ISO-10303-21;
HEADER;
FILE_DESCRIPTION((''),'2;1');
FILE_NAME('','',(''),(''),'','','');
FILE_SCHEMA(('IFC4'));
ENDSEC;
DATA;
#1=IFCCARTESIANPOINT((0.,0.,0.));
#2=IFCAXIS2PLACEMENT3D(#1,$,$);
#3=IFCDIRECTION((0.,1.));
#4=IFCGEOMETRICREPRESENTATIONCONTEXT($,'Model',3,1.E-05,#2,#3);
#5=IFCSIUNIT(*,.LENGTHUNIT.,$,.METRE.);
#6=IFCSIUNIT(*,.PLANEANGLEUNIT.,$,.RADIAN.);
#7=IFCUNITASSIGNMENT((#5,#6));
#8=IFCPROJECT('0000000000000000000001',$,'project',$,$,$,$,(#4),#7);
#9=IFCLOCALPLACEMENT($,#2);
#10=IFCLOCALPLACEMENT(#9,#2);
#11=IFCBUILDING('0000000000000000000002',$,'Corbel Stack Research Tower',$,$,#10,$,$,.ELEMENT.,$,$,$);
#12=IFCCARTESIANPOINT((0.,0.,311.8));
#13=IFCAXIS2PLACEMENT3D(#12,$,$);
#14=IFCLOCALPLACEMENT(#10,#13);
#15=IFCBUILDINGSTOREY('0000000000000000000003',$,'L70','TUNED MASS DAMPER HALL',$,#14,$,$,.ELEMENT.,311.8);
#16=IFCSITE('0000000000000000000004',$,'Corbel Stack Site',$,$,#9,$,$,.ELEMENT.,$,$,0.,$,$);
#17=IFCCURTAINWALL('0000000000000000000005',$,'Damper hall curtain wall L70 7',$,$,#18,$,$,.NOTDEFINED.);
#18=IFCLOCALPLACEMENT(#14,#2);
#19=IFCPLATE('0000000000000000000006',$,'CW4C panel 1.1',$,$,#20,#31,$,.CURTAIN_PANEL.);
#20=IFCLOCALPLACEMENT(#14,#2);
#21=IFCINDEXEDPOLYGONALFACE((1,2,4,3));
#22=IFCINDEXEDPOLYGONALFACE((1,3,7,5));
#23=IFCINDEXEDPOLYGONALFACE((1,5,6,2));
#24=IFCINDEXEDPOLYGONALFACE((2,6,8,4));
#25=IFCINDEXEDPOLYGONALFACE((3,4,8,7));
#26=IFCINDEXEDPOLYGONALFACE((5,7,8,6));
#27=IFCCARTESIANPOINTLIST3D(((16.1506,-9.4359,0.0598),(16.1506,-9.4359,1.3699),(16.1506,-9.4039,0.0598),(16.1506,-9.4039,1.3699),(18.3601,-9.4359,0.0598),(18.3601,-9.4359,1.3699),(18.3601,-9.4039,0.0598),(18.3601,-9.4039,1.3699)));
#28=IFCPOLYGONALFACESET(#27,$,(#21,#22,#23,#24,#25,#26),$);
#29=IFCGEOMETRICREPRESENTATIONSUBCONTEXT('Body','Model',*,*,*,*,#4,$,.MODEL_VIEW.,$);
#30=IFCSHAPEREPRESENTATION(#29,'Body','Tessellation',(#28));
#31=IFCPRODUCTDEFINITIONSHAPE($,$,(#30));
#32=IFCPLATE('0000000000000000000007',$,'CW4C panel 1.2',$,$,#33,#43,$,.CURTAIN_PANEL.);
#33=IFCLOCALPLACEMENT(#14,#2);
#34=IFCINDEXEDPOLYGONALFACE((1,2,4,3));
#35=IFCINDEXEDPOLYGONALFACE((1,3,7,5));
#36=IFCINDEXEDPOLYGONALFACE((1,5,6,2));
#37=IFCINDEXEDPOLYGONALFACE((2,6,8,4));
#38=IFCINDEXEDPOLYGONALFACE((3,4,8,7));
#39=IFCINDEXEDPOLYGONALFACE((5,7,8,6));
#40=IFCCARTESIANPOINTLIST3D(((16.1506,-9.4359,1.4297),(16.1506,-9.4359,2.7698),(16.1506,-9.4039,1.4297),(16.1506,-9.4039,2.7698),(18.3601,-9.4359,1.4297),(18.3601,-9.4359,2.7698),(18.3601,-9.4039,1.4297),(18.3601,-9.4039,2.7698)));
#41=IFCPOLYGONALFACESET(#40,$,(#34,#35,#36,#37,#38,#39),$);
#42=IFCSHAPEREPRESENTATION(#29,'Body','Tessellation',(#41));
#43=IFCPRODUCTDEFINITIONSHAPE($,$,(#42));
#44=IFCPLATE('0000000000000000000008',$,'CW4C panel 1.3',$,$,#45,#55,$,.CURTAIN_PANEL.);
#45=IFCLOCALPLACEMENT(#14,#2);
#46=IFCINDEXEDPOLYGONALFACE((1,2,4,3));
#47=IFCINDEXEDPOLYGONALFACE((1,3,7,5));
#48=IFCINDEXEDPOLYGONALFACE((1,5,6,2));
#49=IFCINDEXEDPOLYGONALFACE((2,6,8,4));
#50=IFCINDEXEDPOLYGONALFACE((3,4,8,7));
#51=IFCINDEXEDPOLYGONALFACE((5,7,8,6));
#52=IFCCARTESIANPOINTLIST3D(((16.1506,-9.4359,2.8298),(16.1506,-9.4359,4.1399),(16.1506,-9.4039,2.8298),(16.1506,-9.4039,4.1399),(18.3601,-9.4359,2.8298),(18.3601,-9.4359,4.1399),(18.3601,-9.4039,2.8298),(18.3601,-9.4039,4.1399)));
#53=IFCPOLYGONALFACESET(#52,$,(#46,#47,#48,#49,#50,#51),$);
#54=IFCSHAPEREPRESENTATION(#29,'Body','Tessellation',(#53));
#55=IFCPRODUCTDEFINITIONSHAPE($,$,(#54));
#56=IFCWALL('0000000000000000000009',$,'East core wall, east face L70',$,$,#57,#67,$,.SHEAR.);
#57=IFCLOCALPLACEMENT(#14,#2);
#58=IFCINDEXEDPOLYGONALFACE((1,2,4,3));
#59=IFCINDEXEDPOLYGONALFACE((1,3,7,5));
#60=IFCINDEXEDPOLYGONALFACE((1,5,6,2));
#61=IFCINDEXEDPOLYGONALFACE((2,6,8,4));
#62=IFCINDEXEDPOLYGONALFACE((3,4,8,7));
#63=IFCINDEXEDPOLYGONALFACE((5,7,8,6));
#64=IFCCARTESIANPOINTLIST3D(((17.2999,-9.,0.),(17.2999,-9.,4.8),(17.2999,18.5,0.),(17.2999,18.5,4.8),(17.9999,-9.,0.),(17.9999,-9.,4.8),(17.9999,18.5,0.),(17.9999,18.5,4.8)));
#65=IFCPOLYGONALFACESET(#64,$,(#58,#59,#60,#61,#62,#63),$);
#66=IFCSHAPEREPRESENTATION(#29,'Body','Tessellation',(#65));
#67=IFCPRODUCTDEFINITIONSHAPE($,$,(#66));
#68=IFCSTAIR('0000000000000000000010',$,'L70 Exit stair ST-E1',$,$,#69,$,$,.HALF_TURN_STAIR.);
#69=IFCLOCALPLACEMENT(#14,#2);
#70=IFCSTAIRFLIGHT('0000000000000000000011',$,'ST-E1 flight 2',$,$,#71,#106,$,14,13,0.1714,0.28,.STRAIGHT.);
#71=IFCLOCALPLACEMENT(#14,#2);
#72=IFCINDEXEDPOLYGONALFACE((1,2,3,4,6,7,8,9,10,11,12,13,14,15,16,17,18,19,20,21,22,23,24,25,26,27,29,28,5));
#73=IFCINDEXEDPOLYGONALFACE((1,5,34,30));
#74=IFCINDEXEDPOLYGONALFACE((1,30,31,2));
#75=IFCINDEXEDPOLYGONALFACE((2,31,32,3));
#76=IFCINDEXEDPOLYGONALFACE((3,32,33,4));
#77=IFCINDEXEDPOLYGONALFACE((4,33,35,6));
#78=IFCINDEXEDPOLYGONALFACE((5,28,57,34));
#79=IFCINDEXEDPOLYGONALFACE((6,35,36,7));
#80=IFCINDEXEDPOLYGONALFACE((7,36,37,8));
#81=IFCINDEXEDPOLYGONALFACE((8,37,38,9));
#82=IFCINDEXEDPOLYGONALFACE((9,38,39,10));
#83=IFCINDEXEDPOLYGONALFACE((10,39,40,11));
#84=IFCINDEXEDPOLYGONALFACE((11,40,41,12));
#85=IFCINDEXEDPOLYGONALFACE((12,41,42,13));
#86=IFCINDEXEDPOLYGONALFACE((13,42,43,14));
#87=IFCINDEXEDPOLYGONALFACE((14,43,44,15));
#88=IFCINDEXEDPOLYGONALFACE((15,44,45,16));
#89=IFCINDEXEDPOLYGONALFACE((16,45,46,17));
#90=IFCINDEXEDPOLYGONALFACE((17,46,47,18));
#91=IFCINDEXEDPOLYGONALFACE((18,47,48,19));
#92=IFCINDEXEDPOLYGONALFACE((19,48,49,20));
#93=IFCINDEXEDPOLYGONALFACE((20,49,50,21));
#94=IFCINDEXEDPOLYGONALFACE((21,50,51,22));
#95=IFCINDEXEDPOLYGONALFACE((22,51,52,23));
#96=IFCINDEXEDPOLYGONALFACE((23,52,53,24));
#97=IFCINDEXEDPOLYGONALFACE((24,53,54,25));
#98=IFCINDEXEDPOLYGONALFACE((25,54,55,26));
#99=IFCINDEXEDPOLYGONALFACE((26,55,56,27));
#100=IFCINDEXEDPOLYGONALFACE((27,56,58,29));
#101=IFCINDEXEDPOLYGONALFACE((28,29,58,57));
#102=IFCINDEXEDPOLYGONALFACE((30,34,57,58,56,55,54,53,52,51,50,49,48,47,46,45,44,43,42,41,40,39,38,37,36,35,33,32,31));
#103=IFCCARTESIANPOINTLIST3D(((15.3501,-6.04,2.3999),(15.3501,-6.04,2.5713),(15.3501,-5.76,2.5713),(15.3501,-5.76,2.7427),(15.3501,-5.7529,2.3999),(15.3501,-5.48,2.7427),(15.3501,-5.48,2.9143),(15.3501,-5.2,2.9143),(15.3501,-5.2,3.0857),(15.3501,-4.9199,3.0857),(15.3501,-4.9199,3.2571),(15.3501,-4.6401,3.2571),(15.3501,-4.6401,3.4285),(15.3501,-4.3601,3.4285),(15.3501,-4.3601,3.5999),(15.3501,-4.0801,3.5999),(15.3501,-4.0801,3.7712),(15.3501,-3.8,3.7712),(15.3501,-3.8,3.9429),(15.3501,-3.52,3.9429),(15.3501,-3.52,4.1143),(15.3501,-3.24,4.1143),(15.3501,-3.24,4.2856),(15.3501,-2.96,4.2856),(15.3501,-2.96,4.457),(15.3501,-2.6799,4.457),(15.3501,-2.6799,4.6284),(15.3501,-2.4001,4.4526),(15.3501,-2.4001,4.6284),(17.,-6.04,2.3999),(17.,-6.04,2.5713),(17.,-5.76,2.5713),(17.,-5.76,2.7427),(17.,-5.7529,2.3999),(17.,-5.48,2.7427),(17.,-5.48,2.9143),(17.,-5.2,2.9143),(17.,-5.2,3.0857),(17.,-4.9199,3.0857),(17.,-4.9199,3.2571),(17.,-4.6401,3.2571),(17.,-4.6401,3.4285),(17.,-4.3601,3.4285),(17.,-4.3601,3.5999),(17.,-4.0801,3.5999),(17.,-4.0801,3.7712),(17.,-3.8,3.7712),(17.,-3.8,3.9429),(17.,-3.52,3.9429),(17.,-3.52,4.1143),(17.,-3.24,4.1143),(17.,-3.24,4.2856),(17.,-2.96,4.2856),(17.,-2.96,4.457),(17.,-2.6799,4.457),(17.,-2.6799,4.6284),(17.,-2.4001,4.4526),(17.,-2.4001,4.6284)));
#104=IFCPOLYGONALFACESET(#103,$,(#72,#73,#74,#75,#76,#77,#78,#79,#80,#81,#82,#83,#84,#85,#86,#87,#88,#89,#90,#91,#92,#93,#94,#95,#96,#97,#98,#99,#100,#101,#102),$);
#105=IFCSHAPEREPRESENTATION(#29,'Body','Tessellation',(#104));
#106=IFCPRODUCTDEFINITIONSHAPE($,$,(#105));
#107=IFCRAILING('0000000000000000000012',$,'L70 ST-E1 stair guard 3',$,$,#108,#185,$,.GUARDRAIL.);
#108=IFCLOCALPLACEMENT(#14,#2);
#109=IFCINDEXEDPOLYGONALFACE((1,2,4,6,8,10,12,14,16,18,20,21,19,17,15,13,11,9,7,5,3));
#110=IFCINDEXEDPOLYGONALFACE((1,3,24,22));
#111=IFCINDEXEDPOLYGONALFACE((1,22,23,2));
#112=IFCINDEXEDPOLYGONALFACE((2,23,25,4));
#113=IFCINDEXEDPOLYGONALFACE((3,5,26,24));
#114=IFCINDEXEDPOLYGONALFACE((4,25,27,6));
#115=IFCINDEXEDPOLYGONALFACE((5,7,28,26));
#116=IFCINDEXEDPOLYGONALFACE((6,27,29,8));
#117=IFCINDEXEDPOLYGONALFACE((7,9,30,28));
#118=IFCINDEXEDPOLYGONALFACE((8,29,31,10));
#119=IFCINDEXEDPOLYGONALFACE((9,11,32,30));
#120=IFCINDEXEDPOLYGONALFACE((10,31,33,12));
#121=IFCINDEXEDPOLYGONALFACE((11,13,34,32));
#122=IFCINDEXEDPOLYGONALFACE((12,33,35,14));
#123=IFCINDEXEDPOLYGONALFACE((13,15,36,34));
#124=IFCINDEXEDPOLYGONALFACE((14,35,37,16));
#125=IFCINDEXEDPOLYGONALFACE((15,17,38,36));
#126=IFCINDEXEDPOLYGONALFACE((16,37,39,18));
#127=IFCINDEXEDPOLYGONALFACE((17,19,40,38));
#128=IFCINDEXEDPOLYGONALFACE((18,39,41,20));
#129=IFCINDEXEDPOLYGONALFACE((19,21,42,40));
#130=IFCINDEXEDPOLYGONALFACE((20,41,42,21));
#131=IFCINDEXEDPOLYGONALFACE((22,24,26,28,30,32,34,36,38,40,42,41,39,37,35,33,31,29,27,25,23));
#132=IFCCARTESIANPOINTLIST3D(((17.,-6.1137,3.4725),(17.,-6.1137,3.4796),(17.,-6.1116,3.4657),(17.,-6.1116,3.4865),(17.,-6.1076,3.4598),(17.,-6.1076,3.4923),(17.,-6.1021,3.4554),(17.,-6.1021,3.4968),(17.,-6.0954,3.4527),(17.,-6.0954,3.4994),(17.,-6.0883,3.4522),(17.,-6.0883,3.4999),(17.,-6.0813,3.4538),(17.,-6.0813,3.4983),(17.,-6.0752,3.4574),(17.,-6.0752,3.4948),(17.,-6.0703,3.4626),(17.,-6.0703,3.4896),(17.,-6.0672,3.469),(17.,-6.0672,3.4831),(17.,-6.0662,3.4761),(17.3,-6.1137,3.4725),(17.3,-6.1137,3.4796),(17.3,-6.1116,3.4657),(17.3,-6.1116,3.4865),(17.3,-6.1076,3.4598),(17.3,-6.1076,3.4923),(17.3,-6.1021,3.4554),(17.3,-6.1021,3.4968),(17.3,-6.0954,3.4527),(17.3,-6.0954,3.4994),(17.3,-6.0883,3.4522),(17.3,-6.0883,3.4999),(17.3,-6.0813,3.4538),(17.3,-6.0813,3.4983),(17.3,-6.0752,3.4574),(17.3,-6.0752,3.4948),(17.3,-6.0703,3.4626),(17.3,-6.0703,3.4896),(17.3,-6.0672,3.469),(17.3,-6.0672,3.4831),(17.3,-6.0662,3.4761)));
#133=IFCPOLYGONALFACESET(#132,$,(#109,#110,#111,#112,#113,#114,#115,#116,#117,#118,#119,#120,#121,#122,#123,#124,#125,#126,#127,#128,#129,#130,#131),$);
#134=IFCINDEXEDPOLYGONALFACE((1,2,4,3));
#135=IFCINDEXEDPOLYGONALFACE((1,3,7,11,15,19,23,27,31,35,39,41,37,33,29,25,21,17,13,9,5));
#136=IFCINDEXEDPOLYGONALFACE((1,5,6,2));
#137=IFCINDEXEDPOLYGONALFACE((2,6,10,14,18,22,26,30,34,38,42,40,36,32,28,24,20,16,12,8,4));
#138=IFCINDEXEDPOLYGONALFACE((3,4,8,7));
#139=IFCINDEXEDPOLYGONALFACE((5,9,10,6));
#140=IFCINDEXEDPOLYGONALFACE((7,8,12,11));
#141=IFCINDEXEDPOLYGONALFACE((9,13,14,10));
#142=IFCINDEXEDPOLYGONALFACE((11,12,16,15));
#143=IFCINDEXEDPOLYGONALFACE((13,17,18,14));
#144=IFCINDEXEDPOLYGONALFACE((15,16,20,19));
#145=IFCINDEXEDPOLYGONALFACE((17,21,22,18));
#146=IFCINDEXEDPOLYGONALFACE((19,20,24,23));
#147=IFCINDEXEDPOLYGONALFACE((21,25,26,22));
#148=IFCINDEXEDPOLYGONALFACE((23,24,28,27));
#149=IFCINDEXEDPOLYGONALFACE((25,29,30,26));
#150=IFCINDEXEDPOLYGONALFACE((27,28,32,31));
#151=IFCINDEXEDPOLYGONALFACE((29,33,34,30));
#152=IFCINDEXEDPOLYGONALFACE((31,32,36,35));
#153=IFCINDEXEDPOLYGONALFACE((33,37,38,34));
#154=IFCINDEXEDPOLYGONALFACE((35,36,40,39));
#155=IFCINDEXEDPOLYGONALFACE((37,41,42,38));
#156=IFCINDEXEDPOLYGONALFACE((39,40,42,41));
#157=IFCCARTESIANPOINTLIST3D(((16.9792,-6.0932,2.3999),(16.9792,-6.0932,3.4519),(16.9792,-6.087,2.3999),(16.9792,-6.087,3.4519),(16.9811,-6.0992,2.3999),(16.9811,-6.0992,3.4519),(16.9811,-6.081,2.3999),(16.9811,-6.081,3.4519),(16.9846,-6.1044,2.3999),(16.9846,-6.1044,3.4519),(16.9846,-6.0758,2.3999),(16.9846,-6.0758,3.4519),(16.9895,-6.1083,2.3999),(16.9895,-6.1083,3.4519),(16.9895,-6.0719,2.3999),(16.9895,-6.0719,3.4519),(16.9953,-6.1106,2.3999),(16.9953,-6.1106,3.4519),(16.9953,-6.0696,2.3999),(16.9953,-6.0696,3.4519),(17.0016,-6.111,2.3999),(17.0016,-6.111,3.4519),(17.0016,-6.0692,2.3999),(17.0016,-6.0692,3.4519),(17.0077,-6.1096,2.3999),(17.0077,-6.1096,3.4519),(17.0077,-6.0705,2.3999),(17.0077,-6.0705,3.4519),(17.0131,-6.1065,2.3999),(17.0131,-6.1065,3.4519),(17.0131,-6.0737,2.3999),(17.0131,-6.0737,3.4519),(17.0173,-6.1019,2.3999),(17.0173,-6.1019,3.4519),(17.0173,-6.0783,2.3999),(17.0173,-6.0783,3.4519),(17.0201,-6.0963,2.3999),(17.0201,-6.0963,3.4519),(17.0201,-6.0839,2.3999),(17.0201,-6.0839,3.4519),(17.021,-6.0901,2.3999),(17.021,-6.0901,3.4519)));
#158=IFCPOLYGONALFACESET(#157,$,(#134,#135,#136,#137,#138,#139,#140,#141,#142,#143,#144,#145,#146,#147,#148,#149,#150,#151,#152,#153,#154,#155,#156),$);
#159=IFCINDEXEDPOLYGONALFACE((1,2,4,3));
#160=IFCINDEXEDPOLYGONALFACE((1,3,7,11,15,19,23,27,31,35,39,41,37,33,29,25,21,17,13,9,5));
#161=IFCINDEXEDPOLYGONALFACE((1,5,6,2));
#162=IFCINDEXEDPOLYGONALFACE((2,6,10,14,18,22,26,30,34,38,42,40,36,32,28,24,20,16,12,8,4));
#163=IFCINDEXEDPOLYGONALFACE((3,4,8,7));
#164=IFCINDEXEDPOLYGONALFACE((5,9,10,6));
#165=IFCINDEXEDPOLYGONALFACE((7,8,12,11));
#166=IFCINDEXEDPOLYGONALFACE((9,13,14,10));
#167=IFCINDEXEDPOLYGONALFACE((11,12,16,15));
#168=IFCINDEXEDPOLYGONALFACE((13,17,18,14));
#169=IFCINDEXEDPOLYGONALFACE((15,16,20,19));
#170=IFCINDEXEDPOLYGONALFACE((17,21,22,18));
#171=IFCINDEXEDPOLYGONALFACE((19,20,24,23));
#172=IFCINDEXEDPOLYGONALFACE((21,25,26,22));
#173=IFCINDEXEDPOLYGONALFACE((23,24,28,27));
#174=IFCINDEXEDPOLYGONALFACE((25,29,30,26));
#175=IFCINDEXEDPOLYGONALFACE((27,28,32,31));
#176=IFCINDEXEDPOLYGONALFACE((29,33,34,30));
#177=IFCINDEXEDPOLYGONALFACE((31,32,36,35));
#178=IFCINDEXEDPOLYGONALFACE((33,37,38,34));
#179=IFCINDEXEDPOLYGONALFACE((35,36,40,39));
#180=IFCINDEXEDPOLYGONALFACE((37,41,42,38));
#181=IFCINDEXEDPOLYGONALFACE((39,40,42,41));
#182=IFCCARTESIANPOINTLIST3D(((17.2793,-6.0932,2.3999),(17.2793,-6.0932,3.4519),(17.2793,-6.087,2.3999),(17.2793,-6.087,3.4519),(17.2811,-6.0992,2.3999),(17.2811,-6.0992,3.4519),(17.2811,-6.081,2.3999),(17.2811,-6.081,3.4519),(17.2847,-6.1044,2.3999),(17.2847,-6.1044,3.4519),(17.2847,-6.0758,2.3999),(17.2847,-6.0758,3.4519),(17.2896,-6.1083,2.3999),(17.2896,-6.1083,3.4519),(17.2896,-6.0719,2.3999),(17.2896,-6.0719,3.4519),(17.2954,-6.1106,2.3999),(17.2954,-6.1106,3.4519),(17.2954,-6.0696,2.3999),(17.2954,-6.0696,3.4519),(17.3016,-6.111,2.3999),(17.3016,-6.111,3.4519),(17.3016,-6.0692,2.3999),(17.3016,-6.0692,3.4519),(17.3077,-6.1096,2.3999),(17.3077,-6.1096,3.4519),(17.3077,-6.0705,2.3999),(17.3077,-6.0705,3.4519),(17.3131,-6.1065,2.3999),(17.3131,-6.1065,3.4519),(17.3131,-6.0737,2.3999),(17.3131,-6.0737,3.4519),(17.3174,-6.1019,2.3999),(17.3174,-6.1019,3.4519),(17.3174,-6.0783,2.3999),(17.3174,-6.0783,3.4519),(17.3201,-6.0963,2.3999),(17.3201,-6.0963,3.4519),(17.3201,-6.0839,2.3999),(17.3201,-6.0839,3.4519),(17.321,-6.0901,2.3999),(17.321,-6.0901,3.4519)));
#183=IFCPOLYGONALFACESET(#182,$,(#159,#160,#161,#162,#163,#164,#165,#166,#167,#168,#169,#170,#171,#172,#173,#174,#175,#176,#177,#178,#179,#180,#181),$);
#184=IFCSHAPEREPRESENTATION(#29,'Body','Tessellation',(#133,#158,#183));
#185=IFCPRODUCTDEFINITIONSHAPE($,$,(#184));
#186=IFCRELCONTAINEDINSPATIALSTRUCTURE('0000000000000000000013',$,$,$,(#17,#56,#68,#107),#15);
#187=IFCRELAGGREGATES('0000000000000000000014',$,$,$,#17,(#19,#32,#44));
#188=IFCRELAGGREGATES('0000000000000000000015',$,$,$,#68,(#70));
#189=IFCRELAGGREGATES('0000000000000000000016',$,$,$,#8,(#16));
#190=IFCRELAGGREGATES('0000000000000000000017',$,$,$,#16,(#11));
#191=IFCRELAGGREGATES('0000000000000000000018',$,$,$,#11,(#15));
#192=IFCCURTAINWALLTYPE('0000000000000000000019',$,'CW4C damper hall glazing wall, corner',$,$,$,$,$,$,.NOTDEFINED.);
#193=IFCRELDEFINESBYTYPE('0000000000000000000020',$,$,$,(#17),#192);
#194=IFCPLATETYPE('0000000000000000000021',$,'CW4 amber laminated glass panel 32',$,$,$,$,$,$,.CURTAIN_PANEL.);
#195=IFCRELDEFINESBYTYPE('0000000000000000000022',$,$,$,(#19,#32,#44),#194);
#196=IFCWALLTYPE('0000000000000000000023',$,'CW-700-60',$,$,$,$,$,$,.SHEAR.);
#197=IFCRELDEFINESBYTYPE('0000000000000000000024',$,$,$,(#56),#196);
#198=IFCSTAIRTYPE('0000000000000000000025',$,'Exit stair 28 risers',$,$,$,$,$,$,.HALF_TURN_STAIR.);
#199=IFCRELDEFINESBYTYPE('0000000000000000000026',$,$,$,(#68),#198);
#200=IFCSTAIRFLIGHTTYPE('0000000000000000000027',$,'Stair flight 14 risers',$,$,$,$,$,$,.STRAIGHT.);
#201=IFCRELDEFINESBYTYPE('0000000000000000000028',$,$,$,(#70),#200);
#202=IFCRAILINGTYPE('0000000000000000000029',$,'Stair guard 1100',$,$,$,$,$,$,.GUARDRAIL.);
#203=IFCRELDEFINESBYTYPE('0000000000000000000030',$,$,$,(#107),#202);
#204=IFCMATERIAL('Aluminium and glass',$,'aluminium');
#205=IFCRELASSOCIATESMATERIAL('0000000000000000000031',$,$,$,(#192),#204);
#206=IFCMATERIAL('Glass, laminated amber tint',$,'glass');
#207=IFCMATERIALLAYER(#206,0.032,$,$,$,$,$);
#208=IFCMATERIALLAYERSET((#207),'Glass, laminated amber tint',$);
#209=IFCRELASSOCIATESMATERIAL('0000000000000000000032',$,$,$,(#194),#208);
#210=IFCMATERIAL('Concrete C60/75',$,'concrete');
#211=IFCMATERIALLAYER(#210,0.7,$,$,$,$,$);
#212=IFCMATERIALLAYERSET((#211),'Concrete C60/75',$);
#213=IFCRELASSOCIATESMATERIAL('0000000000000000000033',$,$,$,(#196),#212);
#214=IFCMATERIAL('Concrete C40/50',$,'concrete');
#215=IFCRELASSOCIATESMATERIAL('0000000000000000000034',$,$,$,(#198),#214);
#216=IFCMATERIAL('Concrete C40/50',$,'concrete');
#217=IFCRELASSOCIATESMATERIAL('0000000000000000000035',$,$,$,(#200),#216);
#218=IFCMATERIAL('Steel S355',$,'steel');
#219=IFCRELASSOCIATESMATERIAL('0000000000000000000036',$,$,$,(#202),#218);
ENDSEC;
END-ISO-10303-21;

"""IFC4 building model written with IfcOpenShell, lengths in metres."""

from ifc_helpers import new_model, si_unit, direction, frame, frame_2d, origin, origin_2d, place, context, subcontext, project, spatial, polyline, rectangle, circle, outline, extrude, material, layer, layer_set, type_object, element, aggregate, save


model = new_model("IFC4")

# Units and contexts
model_context = context("Model", 3, precision=1e-05, world=origin(), true_north=direction((0.0, 1.0)))
body_context = subcontext(model_context, "Body", "Model", "MODEL_VIEW")
ifc_project = project(units=[si_unit("LENGTHUNIT", "METRE"), si_unit("PLANEANGLEUNIT", "RADIAN")], contexts=[model_context])

# Site, building, storey
site_placement = place(None, origin())
site = spatial("IfcSite", under=ifc_project, at=site_placement, Name="Corbel Stack Site", CompositionType="ELEMENT", RefElevation=0.0)
building_placement = place(site_placement, origin())
building = spatial("IfcBuilding", under=site, at=building_placement, Name="Corbel Stack Research Tower", CompositionType="ELEMENT")
storey_placement = place(building_placement, frame((0.0, 0.0, 311.8)))
storey = spatial("IfcBuildingStorey", under=building, at=storey_placement, Name="L70", Description="TUNED MASS DAMPER HALL", CompositionType="ELEMENT", Elevation=311.8)

# Curtain wall
ifc_material_1 = material(Name="Aluminium and glass", Category="aluminium")
curtain_wall_type = type_object("IfcCurtainWallType", Name="CW4C damper hall glazing wall, corner", PredefinedType="NOTDEFINED", material=ifc_material_1)
curtain_wall_1_placement = place(storey_placement, origin())
curtain_wall_1 = element("IfcCurtainWall", 1, at=curtain_wall_1_placement, inside=storey, type_object=curtain_wall_type, Name="Damper hall curtain wall L70 7", PredefinedType="NOTDEFINED")

# Plates
ifc_material_2 = material(Name="Glass, laminated amber tint", Category="glass")
ifc_layer_1 = layer(ifc_material_2, 0.032)
ifc_layer_set_1 = layer_set([ifc_layer_1], Name="Glass, laminated amber tint")
plate_type = type_object("IfcPlateType", Name="CW4 amber laminated glass panel 32", PredefinedType="CURTAIN_PANEL", material=ifc_layer_set_1)
plate_1_placement = place(storey_placement, frame((17.2554, -9.4199, 0.0598), z_axis=(0.0, 0.0, 1.0), x_axis=(-1.0, 0.0, 0.0)))
plate_1 = element("IfcPlate", 2, at=plate_1_placement, type_object=plate_type, Name="CW4C panel 1.1", PredefinedType="CURTAIN_PANEL", context=body_context, shape_type="SweptSolid", body=[
    extrude(rectangle(XDim=2.2095, YDim=0.032, at=origin_2d()), origin(), (0.0, 0.0, 1.0), 1.3101),
])
plate_2_placement = place(storey_placement, frame((17.2554, -9.4199, 1.4297), z_axis=(0.0, 0.0, 1.0), x_axis=(-1.0, 0.0, 0.0)))
plate_2 = element("IfcPlate", 3, at=plate_2_placement, type_object=plate_type, Name="CW4C panel 1.2", PredefinedType="CURTAIN_PANEL", context=body_context, shape_type="SweptSolid", body=[
    extrude(rectangle(XDim=2.2095, YDim=0.032, at=origin_2d()), origin(), (0.0, 0.0, 1.0), 1.3401),
])
plate_3_placement = place(storey_placement, frame((17.2554, -9.4199, 2.8298), z_axis=(0.0, 0.0, 1.0), x_axis=(-1.0, 0.0, 0.0)))
plate_3 = element("IfcPlate", 4, at=plate_3_placement, type_object=plate_type, Name="CW4C panel 1.3", PredefinedType="CURTAIN_PANEL", context=body_context, shape_type="SweptSolid", body=[
    extrude(rectangle(XDim=2.2095, YDim=0.032, at=origin_2d()), origin(), (0.0, 0.0, 1.0), 1.3101),
])
aggregate(curtain_wall_1, [plate_1, plate_2, plate_3])

# Wall
ifc_material_3 = material(Name="Concrete C60/75", Category="concrete")
ifc_layer_2 = layer(ifc_material_3, 0.7)
ifc_layer_set_2 = layer_set([ifc_layer_2], Name="Concrete C60/75")
wall_type = type_object("IfcWallType", Name="CW-700-60", PredefinedType="SHEAR", material=ifc_layer_set_2)
wall_placement = place(storey_placement, frame((17.6499, -9.0, 0.0), z_axis=(0.0, 0.0, 1.0), x_axis=(0.0, 1.0, 0.0)))
element("IfcWall", 5, at=wall_placement, inside=storey, type_object=wall_type, Name="East core wall, east face L70", PredefinedType="SHEAR", context=body_context, shape_type="SweptSolid", body=[
    extrude(rectangle(XDim=27.5, YDim=0.7, at=frame_2d((13.75, 0.0))), origin(), (0.0, 0.0, 1.0), 4.8),
])

# Stair, stair flight
ifc_material_4 = material(Name="Concrete C40/50", Category="concrete")
stair_type = type_object("IfcStairType", Name="Exit stair 28 risers", PredefinedType="HALF_TURN_STAIR", material=ifc_material_4)
stair_placement = place(storey_placement, origin())
stair = element("IfcStair", 6, at=stair_placement, inside=storey, type_object=stair_type, Name="L70 Exit stair ST-E1", PredefinedType="HALF_TURN_STAIR")
ifc_material_5 = material(Name="Concrete C40/50", Category="concrete")
stair_flight_type = type_object("IfcStairFlightType", Name="Stair flight 14 risers", PredefinedType="STRAIGHT", material=ifc_material_5)
stair_flight_placement = place(storey_placement, frame((16.175, -6.04, 2.3999), z_axis=(0.0, 0.0, 1.0), x_axis=(0.0, 1.0, 0.0)))
stair_flight = element("IfcStairFlight", 7, at=stair_flight_placement, type_object=stair_flight_type, Name="ST-E1 flight 2", NumberOfRisers=14, NumberOfTreads=13, PredefinedType="STRAIGHT", RiserHeight=0.1714, TreadLength=0.28, context=body_context, shape_type="SweptSolid", body=[
    extrude(outline(polyline([(0.0, 0.0), (0.0, 0.1714), (0.28, 0.1714), (0.28, 0.3428), (0.5601, 0.3428), (0.5601, 0.5144), (0.8401, 0.5144), (0.8401, 0.6858), (1.1201, 0.6858), (1.1201, 0.8572), (1.3999, 0.8572), (1.3999, 1.0286), (1.6799, 1.0286), (1.6799, 1.2), (1.96, 1.2), (1.96, 1.3713), (2.24, 1.3713), (2.24, 1.543), (2.52, 1.543), (2.52, 1.7144), (2.8, 1.7144), (2.8, 1.8857), (3.0801, 1.8857), (3.0801, 2.0571), (3.3601, 2.0571), (3.3601, 2.2285), (3.6399, 2.2285), (3.6399, 2.3999), (3.6399, 2.0527), (0.2871, 0.0), (0.0, 0.0)])), frame((0.0, 0.825, 0.0), z_axis=(0.0, -1.0, 0.0), x_axis=(1.0, 0.0, 0.0)), (0.0, 0.0, 1.0), 1.6499),
])
aggregate(stair, [stair_flight])

# Railing
ifc_material_6 = material(Name="Steel S355", Category="steel")
railing_type_1 = type_object("IfcRailingType", Name="Stair guard 1100", PredefinedType="GUARDRAIL", material=ifc_material_6)
railing_1_placement = place(storey_placement, frame((17.0, -6.0901, 2.3999)))
element("IfcRailing", 8, at=railing_1_placement, inside=storey, type_object=railing_type_1, Name="L70 ST-E1 stair guard 3", PredefinedType="GUARDRAIL", context=body_context, shape_type="SweptSolid", body=[
    extrude(circle(Radius=0.0239, at=origin_2d()), frame((0.0, 0.0, 1.0762), z_axis=(1.0, 0.0, 0.0), x_axis=(0.0, 1.0, 0.0)), (0.0, 0.0, 1.0), 0.3),
    extrude(circle(Radius=0.021, at=origin_2d()), origin(), (0.0, 0.0, 1.0), 1.052),
    extrude(circle(Radius=0.021, at=origin_2d()), frame((0.3, 0.0, 0.0)), (0.0, 0.0, 1.0), 1.052),
])

save(model, "model.ifc")
